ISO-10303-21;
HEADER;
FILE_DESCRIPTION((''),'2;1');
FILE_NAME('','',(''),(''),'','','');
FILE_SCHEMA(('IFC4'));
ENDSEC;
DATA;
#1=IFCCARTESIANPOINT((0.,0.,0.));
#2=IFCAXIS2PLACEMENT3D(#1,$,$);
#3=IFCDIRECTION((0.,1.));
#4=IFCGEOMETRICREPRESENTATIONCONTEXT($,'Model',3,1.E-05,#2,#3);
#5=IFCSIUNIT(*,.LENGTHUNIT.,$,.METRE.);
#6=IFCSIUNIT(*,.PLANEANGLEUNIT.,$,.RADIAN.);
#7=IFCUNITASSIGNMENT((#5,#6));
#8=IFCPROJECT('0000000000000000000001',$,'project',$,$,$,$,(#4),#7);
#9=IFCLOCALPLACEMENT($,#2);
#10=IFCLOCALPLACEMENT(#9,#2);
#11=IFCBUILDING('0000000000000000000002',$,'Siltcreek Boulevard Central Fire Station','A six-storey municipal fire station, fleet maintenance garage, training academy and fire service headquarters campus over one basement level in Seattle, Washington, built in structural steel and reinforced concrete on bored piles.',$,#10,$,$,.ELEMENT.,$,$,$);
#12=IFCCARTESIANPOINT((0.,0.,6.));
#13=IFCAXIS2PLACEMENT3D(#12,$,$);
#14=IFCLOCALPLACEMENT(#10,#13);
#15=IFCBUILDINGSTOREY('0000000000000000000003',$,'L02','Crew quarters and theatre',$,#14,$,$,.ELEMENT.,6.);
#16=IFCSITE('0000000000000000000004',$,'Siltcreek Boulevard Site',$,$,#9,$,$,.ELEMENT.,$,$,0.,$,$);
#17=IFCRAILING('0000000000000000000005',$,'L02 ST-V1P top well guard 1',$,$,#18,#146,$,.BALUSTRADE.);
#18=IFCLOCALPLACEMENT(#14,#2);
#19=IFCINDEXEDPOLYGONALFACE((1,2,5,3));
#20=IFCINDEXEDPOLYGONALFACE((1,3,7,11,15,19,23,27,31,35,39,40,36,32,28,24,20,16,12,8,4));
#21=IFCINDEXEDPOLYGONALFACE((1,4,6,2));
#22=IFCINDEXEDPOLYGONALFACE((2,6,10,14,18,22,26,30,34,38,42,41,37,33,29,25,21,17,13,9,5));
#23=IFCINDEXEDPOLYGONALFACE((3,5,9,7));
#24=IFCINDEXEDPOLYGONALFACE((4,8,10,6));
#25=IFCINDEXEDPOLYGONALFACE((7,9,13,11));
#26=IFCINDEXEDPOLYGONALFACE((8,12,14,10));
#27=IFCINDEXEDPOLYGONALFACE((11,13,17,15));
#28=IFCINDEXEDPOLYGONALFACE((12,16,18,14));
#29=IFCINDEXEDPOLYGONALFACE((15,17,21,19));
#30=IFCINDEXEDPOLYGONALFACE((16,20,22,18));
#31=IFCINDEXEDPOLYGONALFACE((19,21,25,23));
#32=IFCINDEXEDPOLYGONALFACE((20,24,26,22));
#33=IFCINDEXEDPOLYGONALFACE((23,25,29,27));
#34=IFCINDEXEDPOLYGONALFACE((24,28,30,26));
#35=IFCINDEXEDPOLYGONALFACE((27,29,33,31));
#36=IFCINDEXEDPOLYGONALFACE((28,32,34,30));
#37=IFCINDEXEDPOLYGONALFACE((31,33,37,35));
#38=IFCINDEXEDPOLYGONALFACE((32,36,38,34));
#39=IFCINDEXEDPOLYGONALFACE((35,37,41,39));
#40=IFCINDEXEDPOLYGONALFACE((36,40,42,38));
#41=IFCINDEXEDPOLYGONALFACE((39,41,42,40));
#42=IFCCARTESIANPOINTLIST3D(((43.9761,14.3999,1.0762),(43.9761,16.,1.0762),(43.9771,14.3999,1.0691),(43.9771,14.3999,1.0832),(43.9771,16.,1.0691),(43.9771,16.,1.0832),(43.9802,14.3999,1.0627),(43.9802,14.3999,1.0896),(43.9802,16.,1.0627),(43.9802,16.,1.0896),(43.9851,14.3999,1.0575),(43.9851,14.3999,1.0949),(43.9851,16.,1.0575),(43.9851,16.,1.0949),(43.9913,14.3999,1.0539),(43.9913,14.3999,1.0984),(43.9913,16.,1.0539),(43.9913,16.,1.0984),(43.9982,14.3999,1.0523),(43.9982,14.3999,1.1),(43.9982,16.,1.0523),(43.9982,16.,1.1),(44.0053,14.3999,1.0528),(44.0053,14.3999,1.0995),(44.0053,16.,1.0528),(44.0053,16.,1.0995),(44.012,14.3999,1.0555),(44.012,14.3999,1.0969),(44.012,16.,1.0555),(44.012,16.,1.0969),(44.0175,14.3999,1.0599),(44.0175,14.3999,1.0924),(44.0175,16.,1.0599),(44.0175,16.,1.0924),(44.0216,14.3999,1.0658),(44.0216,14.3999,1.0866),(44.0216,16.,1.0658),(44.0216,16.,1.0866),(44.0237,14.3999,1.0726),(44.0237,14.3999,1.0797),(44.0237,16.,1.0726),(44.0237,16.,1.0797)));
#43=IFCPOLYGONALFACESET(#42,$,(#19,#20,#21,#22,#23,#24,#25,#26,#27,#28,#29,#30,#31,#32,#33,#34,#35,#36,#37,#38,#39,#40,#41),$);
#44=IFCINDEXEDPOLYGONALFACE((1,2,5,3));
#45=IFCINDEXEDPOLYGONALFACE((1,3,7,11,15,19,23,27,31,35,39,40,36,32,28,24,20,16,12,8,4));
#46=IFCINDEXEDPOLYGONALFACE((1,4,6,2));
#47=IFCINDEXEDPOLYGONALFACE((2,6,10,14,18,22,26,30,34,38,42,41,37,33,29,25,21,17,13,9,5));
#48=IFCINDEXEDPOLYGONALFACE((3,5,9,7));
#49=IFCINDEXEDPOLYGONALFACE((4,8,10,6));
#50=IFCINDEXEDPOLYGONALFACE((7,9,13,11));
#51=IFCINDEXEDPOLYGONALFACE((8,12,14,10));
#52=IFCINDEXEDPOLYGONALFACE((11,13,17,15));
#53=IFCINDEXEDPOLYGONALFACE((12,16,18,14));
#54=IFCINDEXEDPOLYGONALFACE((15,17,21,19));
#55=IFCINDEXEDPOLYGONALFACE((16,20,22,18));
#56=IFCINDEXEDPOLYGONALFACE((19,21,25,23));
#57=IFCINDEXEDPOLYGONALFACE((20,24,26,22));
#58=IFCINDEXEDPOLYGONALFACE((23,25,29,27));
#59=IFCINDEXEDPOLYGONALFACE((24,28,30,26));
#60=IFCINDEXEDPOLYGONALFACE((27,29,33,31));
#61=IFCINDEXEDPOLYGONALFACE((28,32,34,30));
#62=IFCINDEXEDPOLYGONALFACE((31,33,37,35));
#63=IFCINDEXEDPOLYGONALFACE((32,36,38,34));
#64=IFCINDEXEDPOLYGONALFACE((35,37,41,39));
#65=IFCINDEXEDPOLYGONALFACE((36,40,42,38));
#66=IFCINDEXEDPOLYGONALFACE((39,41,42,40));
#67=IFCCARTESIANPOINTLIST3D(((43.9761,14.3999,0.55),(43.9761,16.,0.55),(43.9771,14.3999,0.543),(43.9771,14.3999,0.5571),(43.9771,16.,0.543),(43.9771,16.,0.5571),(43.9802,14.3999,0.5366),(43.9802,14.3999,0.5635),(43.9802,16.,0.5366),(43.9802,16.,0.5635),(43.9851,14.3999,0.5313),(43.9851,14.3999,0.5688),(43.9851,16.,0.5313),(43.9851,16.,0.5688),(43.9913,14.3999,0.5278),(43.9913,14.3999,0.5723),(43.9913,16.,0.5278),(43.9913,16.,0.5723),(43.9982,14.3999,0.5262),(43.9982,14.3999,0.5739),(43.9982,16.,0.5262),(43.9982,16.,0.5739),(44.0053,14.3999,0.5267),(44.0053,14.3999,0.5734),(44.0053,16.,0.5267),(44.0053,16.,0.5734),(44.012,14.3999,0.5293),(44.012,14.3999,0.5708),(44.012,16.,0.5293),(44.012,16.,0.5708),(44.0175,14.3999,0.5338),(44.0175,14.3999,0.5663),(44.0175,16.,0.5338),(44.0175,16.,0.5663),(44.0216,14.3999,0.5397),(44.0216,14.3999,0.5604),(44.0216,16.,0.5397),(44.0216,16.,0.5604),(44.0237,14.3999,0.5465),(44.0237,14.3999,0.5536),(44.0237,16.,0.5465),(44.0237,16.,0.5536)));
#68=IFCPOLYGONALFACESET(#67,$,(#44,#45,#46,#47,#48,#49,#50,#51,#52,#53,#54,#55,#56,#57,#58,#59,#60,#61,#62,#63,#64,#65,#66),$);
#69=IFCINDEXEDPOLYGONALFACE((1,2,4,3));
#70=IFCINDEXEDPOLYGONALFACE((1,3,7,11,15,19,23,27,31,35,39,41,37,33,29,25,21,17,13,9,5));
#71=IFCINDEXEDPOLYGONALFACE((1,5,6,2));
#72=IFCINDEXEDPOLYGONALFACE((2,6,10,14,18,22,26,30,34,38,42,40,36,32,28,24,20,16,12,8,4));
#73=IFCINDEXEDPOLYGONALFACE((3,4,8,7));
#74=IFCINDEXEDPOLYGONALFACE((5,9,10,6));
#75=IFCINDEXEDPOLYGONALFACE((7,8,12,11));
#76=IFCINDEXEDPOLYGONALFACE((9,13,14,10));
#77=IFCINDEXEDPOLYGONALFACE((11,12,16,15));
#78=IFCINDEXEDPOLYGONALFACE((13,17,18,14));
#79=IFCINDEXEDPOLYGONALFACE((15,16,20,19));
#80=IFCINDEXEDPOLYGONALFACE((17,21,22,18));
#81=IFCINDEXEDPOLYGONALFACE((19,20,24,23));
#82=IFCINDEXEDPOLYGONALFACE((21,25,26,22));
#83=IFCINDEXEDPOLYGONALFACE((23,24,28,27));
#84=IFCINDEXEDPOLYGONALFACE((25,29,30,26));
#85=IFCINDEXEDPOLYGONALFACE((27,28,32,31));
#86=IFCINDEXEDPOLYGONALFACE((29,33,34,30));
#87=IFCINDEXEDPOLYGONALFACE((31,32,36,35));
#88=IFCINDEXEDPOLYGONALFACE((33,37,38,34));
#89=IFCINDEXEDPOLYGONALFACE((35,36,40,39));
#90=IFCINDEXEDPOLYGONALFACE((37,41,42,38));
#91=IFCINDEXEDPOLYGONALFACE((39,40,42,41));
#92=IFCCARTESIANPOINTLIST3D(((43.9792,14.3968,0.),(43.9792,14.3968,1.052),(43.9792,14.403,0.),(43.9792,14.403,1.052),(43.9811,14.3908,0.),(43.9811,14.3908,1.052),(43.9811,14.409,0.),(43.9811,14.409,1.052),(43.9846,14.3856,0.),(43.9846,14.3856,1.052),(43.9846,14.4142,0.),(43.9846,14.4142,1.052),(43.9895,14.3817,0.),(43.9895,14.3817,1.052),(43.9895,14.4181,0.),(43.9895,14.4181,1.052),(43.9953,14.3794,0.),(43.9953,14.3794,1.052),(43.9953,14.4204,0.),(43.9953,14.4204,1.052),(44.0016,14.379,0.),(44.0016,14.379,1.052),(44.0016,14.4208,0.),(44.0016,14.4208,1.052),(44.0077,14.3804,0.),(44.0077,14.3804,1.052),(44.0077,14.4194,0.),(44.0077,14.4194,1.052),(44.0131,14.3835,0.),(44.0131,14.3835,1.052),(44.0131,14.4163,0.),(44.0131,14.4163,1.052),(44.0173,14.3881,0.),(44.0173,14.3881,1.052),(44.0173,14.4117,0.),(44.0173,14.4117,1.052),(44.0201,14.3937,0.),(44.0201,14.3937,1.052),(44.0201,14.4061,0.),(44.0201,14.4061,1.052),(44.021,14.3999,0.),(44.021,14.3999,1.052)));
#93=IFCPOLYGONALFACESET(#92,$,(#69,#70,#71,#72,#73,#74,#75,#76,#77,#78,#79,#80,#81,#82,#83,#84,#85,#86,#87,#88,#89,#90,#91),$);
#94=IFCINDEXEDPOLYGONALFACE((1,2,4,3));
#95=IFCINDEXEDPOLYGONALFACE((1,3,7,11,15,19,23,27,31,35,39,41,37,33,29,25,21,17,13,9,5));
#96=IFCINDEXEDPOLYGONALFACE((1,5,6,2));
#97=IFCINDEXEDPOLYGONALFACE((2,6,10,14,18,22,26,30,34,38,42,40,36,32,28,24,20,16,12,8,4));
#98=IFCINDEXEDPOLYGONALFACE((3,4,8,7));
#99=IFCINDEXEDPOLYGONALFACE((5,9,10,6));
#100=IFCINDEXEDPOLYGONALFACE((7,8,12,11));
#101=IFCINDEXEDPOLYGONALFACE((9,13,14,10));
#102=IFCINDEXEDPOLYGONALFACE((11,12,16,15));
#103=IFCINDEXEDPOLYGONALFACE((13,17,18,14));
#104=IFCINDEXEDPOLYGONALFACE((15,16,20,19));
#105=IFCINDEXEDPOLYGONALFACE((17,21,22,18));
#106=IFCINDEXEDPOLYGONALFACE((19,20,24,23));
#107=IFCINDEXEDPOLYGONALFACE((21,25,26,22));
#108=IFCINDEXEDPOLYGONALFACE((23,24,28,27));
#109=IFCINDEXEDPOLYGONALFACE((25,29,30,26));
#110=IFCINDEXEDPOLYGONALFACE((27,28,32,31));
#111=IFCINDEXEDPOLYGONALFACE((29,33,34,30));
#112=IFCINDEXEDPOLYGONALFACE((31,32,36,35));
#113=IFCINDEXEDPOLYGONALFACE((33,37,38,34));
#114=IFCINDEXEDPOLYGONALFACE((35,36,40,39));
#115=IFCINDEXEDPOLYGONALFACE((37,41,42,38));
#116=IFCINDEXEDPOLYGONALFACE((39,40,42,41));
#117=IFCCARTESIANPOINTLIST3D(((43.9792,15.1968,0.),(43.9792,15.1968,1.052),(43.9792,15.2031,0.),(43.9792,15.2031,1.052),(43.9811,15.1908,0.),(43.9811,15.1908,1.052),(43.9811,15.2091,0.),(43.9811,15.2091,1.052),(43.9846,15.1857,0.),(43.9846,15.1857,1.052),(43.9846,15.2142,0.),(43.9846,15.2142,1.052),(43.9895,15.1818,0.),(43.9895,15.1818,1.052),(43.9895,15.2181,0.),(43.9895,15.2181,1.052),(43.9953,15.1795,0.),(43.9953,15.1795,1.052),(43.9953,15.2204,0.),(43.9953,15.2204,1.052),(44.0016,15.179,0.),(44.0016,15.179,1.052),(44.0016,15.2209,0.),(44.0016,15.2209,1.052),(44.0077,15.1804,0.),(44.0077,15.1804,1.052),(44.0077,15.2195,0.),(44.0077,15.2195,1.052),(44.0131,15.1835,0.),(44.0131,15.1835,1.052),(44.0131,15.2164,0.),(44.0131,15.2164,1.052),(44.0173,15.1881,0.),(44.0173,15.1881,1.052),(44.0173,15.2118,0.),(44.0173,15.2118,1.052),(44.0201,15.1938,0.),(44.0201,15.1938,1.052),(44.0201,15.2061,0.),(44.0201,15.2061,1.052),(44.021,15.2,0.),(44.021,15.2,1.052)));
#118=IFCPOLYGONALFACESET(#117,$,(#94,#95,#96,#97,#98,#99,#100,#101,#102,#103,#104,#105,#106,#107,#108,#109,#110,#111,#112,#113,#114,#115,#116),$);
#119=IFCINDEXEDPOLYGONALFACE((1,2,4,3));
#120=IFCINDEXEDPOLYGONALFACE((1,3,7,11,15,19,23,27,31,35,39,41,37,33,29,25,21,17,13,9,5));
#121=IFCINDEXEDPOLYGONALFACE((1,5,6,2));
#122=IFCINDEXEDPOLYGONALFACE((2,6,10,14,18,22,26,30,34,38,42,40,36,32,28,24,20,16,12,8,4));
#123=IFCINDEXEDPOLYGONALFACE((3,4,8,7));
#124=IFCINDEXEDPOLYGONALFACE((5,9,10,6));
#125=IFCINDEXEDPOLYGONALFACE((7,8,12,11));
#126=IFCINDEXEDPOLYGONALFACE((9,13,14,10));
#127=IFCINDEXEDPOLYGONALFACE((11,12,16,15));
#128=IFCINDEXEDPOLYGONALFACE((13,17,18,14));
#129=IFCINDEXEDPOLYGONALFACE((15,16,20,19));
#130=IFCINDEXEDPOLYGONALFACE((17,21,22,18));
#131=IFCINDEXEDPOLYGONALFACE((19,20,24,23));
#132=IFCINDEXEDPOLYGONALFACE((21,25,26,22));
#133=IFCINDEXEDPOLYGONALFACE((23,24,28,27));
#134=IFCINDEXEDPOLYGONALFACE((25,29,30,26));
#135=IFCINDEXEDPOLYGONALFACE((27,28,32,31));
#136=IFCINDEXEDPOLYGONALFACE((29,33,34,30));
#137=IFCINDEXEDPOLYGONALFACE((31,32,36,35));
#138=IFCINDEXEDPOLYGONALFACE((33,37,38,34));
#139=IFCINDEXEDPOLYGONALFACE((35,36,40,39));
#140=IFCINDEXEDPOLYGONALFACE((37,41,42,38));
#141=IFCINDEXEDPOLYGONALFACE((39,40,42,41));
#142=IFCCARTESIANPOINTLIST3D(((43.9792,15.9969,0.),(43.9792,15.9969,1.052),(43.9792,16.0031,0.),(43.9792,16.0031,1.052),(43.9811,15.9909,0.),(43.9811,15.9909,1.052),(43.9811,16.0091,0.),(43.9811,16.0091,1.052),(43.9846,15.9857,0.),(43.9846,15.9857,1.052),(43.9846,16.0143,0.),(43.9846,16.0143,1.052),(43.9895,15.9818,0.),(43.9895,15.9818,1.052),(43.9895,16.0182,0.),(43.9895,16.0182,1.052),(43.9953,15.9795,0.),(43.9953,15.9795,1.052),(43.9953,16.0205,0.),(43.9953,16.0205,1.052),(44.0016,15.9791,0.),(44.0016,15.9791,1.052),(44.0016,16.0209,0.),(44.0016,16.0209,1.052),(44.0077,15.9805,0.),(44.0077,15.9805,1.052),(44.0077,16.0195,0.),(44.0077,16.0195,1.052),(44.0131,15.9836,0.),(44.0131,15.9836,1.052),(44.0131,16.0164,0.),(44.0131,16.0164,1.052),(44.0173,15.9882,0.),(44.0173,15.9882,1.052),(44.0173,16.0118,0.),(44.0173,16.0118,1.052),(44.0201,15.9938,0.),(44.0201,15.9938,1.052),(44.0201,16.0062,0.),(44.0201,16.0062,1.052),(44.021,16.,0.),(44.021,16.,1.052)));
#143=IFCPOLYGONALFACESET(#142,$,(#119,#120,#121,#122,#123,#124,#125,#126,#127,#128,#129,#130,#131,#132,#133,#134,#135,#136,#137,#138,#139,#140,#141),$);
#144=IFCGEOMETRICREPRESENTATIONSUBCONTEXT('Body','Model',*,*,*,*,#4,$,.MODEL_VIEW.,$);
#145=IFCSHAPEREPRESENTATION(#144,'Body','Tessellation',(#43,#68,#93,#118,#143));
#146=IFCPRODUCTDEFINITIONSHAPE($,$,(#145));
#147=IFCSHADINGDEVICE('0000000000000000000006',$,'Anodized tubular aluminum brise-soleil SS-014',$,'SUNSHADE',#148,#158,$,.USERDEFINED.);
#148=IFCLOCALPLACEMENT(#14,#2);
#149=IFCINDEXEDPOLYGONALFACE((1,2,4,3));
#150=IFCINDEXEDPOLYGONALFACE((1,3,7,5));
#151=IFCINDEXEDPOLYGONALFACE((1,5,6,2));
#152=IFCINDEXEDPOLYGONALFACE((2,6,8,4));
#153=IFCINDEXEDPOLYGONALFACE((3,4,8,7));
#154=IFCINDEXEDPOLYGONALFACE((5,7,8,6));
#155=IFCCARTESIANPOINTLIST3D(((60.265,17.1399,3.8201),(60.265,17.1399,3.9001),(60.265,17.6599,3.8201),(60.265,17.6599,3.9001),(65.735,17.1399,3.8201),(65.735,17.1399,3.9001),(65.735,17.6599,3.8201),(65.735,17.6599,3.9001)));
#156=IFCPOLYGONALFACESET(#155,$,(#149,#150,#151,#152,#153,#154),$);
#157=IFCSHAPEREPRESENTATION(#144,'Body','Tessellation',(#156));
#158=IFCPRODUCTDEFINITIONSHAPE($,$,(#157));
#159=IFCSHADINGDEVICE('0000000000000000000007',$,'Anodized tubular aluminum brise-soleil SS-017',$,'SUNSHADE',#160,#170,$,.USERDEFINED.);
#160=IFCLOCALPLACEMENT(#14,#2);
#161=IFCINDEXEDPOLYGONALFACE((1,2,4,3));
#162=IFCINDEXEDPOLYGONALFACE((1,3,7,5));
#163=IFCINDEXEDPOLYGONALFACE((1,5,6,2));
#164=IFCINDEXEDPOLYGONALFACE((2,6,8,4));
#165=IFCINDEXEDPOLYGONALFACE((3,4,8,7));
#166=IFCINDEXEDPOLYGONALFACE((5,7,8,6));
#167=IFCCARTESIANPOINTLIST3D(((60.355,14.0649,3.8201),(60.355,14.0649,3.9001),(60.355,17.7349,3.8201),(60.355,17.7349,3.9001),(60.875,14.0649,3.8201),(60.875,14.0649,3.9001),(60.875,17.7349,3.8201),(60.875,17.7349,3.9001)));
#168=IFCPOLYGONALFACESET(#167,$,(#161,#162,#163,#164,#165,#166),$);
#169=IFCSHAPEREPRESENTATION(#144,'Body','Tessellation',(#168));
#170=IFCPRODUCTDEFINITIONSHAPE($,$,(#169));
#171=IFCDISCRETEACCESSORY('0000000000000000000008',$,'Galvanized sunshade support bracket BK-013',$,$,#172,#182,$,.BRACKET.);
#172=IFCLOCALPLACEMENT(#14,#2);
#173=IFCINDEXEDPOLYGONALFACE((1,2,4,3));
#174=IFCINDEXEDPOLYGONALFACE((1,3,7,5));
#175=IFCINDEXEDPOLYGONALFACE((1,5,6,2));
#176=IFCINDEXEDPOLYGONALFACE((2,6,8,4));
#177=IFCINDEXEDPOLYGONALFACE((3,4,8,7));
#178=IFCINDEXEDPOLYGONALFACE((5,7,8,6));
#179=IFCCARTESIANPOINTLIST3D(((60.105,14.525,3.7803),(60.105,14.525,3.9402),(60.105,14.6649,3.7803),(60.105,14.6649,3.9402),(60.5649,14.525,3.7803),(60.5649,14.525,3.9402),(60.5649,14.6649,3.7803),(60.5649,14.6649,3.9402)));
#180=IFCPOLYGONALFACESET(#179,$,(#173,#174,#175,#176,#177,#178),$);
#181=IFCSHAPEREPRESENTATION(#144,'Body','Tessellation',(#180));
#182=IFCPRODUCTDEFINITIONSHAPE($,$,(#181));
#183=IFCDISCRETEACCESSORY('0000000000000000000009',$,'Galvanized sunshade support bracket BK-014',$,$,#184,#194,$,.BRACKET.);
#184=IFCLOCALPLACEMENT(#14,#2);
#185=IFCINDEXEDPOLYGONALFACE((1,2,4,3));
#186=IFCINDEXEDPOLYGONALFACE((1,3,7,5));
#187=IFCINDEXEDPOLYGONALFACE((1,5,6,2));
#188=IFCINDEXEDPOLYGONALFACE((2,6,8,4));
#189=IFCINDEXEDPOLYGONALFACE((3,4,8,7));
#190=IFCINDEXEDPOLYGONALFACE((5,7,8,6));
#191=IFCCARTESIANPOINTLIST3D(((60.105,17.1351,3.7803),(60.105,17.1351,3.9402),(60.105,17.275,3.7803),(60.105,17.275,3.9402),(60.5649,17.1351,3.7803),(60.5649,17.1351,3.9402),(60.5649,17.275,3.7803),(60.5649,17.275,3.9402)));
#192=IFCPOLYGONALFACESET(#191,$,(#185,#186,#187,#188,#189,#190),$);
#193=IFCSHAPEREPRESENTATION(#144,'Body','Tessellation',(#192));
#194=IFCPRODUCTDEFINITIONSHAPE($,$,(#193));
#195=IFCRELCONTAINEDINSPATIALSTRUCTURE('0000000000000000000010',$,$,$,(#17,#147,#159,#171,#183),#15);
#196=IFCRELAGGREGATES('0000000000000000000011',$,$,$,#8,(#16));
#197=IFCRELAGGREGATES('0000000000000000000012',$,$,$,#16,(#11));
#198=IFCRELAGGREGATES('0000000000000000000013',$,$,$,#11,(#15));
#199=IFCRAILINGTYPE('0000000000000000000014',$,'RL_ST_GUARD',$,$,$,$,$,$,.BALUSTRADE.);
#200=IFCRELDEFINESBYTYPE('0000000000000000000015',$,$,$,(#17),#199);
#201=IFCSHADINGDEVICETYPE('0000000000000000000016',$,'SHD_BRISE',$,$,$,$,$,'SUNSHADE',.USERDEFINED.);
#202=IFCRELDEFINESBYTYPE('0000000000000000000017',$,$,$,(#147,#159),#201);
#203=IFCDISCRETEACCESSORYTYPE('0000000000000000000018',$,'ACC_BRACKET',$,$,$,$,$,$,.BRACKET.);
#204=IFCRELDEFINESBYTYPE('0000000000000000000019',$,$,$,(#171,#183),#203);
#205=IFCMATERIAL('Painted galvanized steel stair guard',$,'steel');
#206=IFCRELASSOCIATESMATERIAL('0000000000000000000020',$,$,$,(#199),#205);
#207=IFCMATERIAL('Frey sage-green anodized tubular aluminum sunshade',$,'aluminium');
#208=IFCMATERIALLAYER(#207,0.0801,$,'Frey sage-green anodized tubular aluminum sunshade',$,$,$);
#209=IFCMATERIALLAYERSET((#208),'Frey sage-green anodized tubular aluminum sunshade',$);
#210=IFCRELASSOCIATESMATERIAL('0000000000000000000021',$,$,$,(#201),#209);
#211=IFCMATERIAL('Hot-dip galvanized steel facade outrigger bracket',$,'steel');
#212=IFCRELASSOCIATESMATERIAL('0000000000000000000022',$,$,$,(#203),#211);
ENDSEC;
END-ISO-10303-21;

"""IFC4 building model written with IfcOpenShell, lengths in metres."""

from ifc_helpers import new_model, si_unit, direction, frame, origin, origin_2d, place, context, subcontext, project, spatial, rectangle, circle, extrude, material, layer, layer_set, type_object, element, save


model = new_model("IFC4")

# Units and contexts
model_context = context("Model", 3, precision=1e-05, world=origin(), true_north=direction((0.0, 1.0)))
body_context = subcontext(model_context, "Body", "Model", "MODEL_VIEW")
ifc_project = project(units=[si_unit("LENGTHUNIT", "METRE"), si_unit("PLANEANGLEUNIT", "RADIAN")], contexts=[model_context])

# Site, building, storey
site_placement = place(None, origin())
site = spatial("IfcSite", under=ifc_project, at=site_placement, Name="Siltcreek Boulevard Site", CompositionType="ELEMENT", RefElevation=0.0)
building_placement = place(site_placement, origin())
building = spatial("IfcBuilding", under=site, at=building_placement, Name="Siltcreek Boulevard Central Fire Station", Description="A six-storey municipal fire station, fleet maintenance garage, training academy and fire service headquarters campus over one basement level in Seattle, Washington, built in structural steel and reinforced concrete on bored piles.", CompositionType="ELEMENT")
storey_placement = place(building_placement, frame((0.0, 0.0, 6.0)))
storey = spatial("IfcBuildingStorey", under=building, at=storey_placement, Name="L02", Description="Crew quarters and theatre", CompositionType="ELEMENT", Elevation=6.0)

# Railing
ifc_material_1 = material(Name="Painted galvanized steel stair guard", Category="steel")
railing_type = type_object("IfcRailingType", Name="RL_ST_GUARD", PredefinedType="BALUSTRADE", material=ifc_material_1)
railing_placement = place(storey_placement, frame((44.0, 14.3999, 0.0)))
element("IfcRailing", 1, at=railing_placement, inside=storey, type_object=railing_type, Name="L02 ST-V1P top well guard 1", PredefinedType="BALUSTRADE", context=body_context, shape_type="SweptSolid", body=[
    extrude(circle(Radius=0.0239, at=origin_2d()), frame((0.0, 0.0, 1.0762), z_axis=(0.0, 1.0, 0.0), x_axis=(-1.0, 0.0, 0.0)), (0.0, 0.0, 1.0), 1.6001),
    extrude(circle(Radius=0.0239, at=origin_2d()), frame((0.0, 0.0, 0.55), z_axis=(0.0, 1.0, 0.0), x_axis=(-1.0, 0.0, 0.0)), (0.0, 0.0, 1.0), 1.6001),
    extrude(circle(Radius=0.021, at=origin_2d()), origin(), (0.0, 0.0, 1.0), 1.052),
    extrude(circle(Radius=0.021, at=origin_2d()), frame((0.0, 0.8, 0.0)), (0.0, 0.0, 1.0), 1.052),
    extrude(circle(Radius=0.021, at=origin_2d()), frame((0.0, 1.6001, 0.0)), (0.0, 0.0, 1.0), 1.052),
])

# Shading devices
ifc_material_2 = material(Name="Frey sage-green anodized tubular aluminum sunshade", Category="aluminium")
ifc_layer_1 = layer(ifc_material_2, 0.0801, Name="Frey sage-green anodized tubular aluminum sunshade")
ifc_layer_set_1 = layer_set([ifc_layer_1], Name="Frey sage-green anodized tubular aluminum sunshade")
shading_device_type = type_object("IfcShadingDeviceType", Name="SHD_BRISE", ElementType="SUNSHADE", PredefinedType="USERDEFINED", material=ifc_layer_set_1)
shading_device_1_placement = place(storey_placement, frame((63.0, 17.3999, 3.8201), z_axis=(0.0, 0.0, 1.0), x_axis=(1.0, 0.0, 0.0)))
element("IfcShadingDevice", 2, at=shading_device_1_placement, inside=storey, type_object=shading_device_type, Name="Anodized tubular aluminum brise-soleil SS-014", ObjectType="SUNSHADE", PredefinedType="USERDEFINED", context=body_context, shape_type="SweptSolid", body=[
    extrude(rectangle(XDim=5.47, YDim=0.52, at=origin_2d()), origin(), (0.0, 0.0, 1.0), 0.0801),
])
shading_device_2_placement = place(storey_placement, frame((60.615, 15.8999, 3.8201), z_axis=(0.0, 0.0, 1.0), x_axis=(0.0, 1.0, 0.0)))
element("IfcShadingDevice", 3, at=shading_device_2_placement, inside=storey, type_object=shading_device_type, Name="Anodized tubular aluminum brise-soleil SS-017", ObjectType="SUNSHADE", PredefinedType="USERDEFINED", context=body_context, shape_type="SweptSolid", body=[
    extrude(rectangle(XDim=3.6699, YDim=0.52, at=origin_2d()), origin(), (0.0, 0.0, 1.0), 0.0801),
])

# Discrete accessories
ifc_material_3 = material(Name="Hot-dip galvanized steel facade outrigger bracket", Category="steel")
discrete_accessory_type = type_object("IfcDiscreteAccessoryType", Name="ACC_BRACKET", PredefinedType="BRACKET", material=ifc_material_3)
for number, where, z_axis, x_axis, name in (
    (4, (60.335, 14.595, 3.7803), (0.0, 0.0, 1.0), (0.0, 1.0, 0.0), "Galvanized sunshade support bracket BK-013"),
    (5, (60.335, 17.2051, 3.7803), (0.0, 0.0, 1.0), (0.0, 1.0, 0.0), "Galvanized sunshade support bracket BK-014"),
):
    element("IfcDiscreteAccessory", number, at=place(storey_placement, frame(where, z_axis=z_axis, x_axis=x_axis)), inside=storey, type_object=discrete_accessory_type, Name=name, PredefinedType="BRACKET", context=body_context, shape_type="SweptSolid", body=[
        extrude(rectangle(XDim=0.1399, YDim=0.46, at=origin_2d()), origin(), (0.0, 0.0, 1.0), 0.1599),
    ])

save(model, "model.ifc")
